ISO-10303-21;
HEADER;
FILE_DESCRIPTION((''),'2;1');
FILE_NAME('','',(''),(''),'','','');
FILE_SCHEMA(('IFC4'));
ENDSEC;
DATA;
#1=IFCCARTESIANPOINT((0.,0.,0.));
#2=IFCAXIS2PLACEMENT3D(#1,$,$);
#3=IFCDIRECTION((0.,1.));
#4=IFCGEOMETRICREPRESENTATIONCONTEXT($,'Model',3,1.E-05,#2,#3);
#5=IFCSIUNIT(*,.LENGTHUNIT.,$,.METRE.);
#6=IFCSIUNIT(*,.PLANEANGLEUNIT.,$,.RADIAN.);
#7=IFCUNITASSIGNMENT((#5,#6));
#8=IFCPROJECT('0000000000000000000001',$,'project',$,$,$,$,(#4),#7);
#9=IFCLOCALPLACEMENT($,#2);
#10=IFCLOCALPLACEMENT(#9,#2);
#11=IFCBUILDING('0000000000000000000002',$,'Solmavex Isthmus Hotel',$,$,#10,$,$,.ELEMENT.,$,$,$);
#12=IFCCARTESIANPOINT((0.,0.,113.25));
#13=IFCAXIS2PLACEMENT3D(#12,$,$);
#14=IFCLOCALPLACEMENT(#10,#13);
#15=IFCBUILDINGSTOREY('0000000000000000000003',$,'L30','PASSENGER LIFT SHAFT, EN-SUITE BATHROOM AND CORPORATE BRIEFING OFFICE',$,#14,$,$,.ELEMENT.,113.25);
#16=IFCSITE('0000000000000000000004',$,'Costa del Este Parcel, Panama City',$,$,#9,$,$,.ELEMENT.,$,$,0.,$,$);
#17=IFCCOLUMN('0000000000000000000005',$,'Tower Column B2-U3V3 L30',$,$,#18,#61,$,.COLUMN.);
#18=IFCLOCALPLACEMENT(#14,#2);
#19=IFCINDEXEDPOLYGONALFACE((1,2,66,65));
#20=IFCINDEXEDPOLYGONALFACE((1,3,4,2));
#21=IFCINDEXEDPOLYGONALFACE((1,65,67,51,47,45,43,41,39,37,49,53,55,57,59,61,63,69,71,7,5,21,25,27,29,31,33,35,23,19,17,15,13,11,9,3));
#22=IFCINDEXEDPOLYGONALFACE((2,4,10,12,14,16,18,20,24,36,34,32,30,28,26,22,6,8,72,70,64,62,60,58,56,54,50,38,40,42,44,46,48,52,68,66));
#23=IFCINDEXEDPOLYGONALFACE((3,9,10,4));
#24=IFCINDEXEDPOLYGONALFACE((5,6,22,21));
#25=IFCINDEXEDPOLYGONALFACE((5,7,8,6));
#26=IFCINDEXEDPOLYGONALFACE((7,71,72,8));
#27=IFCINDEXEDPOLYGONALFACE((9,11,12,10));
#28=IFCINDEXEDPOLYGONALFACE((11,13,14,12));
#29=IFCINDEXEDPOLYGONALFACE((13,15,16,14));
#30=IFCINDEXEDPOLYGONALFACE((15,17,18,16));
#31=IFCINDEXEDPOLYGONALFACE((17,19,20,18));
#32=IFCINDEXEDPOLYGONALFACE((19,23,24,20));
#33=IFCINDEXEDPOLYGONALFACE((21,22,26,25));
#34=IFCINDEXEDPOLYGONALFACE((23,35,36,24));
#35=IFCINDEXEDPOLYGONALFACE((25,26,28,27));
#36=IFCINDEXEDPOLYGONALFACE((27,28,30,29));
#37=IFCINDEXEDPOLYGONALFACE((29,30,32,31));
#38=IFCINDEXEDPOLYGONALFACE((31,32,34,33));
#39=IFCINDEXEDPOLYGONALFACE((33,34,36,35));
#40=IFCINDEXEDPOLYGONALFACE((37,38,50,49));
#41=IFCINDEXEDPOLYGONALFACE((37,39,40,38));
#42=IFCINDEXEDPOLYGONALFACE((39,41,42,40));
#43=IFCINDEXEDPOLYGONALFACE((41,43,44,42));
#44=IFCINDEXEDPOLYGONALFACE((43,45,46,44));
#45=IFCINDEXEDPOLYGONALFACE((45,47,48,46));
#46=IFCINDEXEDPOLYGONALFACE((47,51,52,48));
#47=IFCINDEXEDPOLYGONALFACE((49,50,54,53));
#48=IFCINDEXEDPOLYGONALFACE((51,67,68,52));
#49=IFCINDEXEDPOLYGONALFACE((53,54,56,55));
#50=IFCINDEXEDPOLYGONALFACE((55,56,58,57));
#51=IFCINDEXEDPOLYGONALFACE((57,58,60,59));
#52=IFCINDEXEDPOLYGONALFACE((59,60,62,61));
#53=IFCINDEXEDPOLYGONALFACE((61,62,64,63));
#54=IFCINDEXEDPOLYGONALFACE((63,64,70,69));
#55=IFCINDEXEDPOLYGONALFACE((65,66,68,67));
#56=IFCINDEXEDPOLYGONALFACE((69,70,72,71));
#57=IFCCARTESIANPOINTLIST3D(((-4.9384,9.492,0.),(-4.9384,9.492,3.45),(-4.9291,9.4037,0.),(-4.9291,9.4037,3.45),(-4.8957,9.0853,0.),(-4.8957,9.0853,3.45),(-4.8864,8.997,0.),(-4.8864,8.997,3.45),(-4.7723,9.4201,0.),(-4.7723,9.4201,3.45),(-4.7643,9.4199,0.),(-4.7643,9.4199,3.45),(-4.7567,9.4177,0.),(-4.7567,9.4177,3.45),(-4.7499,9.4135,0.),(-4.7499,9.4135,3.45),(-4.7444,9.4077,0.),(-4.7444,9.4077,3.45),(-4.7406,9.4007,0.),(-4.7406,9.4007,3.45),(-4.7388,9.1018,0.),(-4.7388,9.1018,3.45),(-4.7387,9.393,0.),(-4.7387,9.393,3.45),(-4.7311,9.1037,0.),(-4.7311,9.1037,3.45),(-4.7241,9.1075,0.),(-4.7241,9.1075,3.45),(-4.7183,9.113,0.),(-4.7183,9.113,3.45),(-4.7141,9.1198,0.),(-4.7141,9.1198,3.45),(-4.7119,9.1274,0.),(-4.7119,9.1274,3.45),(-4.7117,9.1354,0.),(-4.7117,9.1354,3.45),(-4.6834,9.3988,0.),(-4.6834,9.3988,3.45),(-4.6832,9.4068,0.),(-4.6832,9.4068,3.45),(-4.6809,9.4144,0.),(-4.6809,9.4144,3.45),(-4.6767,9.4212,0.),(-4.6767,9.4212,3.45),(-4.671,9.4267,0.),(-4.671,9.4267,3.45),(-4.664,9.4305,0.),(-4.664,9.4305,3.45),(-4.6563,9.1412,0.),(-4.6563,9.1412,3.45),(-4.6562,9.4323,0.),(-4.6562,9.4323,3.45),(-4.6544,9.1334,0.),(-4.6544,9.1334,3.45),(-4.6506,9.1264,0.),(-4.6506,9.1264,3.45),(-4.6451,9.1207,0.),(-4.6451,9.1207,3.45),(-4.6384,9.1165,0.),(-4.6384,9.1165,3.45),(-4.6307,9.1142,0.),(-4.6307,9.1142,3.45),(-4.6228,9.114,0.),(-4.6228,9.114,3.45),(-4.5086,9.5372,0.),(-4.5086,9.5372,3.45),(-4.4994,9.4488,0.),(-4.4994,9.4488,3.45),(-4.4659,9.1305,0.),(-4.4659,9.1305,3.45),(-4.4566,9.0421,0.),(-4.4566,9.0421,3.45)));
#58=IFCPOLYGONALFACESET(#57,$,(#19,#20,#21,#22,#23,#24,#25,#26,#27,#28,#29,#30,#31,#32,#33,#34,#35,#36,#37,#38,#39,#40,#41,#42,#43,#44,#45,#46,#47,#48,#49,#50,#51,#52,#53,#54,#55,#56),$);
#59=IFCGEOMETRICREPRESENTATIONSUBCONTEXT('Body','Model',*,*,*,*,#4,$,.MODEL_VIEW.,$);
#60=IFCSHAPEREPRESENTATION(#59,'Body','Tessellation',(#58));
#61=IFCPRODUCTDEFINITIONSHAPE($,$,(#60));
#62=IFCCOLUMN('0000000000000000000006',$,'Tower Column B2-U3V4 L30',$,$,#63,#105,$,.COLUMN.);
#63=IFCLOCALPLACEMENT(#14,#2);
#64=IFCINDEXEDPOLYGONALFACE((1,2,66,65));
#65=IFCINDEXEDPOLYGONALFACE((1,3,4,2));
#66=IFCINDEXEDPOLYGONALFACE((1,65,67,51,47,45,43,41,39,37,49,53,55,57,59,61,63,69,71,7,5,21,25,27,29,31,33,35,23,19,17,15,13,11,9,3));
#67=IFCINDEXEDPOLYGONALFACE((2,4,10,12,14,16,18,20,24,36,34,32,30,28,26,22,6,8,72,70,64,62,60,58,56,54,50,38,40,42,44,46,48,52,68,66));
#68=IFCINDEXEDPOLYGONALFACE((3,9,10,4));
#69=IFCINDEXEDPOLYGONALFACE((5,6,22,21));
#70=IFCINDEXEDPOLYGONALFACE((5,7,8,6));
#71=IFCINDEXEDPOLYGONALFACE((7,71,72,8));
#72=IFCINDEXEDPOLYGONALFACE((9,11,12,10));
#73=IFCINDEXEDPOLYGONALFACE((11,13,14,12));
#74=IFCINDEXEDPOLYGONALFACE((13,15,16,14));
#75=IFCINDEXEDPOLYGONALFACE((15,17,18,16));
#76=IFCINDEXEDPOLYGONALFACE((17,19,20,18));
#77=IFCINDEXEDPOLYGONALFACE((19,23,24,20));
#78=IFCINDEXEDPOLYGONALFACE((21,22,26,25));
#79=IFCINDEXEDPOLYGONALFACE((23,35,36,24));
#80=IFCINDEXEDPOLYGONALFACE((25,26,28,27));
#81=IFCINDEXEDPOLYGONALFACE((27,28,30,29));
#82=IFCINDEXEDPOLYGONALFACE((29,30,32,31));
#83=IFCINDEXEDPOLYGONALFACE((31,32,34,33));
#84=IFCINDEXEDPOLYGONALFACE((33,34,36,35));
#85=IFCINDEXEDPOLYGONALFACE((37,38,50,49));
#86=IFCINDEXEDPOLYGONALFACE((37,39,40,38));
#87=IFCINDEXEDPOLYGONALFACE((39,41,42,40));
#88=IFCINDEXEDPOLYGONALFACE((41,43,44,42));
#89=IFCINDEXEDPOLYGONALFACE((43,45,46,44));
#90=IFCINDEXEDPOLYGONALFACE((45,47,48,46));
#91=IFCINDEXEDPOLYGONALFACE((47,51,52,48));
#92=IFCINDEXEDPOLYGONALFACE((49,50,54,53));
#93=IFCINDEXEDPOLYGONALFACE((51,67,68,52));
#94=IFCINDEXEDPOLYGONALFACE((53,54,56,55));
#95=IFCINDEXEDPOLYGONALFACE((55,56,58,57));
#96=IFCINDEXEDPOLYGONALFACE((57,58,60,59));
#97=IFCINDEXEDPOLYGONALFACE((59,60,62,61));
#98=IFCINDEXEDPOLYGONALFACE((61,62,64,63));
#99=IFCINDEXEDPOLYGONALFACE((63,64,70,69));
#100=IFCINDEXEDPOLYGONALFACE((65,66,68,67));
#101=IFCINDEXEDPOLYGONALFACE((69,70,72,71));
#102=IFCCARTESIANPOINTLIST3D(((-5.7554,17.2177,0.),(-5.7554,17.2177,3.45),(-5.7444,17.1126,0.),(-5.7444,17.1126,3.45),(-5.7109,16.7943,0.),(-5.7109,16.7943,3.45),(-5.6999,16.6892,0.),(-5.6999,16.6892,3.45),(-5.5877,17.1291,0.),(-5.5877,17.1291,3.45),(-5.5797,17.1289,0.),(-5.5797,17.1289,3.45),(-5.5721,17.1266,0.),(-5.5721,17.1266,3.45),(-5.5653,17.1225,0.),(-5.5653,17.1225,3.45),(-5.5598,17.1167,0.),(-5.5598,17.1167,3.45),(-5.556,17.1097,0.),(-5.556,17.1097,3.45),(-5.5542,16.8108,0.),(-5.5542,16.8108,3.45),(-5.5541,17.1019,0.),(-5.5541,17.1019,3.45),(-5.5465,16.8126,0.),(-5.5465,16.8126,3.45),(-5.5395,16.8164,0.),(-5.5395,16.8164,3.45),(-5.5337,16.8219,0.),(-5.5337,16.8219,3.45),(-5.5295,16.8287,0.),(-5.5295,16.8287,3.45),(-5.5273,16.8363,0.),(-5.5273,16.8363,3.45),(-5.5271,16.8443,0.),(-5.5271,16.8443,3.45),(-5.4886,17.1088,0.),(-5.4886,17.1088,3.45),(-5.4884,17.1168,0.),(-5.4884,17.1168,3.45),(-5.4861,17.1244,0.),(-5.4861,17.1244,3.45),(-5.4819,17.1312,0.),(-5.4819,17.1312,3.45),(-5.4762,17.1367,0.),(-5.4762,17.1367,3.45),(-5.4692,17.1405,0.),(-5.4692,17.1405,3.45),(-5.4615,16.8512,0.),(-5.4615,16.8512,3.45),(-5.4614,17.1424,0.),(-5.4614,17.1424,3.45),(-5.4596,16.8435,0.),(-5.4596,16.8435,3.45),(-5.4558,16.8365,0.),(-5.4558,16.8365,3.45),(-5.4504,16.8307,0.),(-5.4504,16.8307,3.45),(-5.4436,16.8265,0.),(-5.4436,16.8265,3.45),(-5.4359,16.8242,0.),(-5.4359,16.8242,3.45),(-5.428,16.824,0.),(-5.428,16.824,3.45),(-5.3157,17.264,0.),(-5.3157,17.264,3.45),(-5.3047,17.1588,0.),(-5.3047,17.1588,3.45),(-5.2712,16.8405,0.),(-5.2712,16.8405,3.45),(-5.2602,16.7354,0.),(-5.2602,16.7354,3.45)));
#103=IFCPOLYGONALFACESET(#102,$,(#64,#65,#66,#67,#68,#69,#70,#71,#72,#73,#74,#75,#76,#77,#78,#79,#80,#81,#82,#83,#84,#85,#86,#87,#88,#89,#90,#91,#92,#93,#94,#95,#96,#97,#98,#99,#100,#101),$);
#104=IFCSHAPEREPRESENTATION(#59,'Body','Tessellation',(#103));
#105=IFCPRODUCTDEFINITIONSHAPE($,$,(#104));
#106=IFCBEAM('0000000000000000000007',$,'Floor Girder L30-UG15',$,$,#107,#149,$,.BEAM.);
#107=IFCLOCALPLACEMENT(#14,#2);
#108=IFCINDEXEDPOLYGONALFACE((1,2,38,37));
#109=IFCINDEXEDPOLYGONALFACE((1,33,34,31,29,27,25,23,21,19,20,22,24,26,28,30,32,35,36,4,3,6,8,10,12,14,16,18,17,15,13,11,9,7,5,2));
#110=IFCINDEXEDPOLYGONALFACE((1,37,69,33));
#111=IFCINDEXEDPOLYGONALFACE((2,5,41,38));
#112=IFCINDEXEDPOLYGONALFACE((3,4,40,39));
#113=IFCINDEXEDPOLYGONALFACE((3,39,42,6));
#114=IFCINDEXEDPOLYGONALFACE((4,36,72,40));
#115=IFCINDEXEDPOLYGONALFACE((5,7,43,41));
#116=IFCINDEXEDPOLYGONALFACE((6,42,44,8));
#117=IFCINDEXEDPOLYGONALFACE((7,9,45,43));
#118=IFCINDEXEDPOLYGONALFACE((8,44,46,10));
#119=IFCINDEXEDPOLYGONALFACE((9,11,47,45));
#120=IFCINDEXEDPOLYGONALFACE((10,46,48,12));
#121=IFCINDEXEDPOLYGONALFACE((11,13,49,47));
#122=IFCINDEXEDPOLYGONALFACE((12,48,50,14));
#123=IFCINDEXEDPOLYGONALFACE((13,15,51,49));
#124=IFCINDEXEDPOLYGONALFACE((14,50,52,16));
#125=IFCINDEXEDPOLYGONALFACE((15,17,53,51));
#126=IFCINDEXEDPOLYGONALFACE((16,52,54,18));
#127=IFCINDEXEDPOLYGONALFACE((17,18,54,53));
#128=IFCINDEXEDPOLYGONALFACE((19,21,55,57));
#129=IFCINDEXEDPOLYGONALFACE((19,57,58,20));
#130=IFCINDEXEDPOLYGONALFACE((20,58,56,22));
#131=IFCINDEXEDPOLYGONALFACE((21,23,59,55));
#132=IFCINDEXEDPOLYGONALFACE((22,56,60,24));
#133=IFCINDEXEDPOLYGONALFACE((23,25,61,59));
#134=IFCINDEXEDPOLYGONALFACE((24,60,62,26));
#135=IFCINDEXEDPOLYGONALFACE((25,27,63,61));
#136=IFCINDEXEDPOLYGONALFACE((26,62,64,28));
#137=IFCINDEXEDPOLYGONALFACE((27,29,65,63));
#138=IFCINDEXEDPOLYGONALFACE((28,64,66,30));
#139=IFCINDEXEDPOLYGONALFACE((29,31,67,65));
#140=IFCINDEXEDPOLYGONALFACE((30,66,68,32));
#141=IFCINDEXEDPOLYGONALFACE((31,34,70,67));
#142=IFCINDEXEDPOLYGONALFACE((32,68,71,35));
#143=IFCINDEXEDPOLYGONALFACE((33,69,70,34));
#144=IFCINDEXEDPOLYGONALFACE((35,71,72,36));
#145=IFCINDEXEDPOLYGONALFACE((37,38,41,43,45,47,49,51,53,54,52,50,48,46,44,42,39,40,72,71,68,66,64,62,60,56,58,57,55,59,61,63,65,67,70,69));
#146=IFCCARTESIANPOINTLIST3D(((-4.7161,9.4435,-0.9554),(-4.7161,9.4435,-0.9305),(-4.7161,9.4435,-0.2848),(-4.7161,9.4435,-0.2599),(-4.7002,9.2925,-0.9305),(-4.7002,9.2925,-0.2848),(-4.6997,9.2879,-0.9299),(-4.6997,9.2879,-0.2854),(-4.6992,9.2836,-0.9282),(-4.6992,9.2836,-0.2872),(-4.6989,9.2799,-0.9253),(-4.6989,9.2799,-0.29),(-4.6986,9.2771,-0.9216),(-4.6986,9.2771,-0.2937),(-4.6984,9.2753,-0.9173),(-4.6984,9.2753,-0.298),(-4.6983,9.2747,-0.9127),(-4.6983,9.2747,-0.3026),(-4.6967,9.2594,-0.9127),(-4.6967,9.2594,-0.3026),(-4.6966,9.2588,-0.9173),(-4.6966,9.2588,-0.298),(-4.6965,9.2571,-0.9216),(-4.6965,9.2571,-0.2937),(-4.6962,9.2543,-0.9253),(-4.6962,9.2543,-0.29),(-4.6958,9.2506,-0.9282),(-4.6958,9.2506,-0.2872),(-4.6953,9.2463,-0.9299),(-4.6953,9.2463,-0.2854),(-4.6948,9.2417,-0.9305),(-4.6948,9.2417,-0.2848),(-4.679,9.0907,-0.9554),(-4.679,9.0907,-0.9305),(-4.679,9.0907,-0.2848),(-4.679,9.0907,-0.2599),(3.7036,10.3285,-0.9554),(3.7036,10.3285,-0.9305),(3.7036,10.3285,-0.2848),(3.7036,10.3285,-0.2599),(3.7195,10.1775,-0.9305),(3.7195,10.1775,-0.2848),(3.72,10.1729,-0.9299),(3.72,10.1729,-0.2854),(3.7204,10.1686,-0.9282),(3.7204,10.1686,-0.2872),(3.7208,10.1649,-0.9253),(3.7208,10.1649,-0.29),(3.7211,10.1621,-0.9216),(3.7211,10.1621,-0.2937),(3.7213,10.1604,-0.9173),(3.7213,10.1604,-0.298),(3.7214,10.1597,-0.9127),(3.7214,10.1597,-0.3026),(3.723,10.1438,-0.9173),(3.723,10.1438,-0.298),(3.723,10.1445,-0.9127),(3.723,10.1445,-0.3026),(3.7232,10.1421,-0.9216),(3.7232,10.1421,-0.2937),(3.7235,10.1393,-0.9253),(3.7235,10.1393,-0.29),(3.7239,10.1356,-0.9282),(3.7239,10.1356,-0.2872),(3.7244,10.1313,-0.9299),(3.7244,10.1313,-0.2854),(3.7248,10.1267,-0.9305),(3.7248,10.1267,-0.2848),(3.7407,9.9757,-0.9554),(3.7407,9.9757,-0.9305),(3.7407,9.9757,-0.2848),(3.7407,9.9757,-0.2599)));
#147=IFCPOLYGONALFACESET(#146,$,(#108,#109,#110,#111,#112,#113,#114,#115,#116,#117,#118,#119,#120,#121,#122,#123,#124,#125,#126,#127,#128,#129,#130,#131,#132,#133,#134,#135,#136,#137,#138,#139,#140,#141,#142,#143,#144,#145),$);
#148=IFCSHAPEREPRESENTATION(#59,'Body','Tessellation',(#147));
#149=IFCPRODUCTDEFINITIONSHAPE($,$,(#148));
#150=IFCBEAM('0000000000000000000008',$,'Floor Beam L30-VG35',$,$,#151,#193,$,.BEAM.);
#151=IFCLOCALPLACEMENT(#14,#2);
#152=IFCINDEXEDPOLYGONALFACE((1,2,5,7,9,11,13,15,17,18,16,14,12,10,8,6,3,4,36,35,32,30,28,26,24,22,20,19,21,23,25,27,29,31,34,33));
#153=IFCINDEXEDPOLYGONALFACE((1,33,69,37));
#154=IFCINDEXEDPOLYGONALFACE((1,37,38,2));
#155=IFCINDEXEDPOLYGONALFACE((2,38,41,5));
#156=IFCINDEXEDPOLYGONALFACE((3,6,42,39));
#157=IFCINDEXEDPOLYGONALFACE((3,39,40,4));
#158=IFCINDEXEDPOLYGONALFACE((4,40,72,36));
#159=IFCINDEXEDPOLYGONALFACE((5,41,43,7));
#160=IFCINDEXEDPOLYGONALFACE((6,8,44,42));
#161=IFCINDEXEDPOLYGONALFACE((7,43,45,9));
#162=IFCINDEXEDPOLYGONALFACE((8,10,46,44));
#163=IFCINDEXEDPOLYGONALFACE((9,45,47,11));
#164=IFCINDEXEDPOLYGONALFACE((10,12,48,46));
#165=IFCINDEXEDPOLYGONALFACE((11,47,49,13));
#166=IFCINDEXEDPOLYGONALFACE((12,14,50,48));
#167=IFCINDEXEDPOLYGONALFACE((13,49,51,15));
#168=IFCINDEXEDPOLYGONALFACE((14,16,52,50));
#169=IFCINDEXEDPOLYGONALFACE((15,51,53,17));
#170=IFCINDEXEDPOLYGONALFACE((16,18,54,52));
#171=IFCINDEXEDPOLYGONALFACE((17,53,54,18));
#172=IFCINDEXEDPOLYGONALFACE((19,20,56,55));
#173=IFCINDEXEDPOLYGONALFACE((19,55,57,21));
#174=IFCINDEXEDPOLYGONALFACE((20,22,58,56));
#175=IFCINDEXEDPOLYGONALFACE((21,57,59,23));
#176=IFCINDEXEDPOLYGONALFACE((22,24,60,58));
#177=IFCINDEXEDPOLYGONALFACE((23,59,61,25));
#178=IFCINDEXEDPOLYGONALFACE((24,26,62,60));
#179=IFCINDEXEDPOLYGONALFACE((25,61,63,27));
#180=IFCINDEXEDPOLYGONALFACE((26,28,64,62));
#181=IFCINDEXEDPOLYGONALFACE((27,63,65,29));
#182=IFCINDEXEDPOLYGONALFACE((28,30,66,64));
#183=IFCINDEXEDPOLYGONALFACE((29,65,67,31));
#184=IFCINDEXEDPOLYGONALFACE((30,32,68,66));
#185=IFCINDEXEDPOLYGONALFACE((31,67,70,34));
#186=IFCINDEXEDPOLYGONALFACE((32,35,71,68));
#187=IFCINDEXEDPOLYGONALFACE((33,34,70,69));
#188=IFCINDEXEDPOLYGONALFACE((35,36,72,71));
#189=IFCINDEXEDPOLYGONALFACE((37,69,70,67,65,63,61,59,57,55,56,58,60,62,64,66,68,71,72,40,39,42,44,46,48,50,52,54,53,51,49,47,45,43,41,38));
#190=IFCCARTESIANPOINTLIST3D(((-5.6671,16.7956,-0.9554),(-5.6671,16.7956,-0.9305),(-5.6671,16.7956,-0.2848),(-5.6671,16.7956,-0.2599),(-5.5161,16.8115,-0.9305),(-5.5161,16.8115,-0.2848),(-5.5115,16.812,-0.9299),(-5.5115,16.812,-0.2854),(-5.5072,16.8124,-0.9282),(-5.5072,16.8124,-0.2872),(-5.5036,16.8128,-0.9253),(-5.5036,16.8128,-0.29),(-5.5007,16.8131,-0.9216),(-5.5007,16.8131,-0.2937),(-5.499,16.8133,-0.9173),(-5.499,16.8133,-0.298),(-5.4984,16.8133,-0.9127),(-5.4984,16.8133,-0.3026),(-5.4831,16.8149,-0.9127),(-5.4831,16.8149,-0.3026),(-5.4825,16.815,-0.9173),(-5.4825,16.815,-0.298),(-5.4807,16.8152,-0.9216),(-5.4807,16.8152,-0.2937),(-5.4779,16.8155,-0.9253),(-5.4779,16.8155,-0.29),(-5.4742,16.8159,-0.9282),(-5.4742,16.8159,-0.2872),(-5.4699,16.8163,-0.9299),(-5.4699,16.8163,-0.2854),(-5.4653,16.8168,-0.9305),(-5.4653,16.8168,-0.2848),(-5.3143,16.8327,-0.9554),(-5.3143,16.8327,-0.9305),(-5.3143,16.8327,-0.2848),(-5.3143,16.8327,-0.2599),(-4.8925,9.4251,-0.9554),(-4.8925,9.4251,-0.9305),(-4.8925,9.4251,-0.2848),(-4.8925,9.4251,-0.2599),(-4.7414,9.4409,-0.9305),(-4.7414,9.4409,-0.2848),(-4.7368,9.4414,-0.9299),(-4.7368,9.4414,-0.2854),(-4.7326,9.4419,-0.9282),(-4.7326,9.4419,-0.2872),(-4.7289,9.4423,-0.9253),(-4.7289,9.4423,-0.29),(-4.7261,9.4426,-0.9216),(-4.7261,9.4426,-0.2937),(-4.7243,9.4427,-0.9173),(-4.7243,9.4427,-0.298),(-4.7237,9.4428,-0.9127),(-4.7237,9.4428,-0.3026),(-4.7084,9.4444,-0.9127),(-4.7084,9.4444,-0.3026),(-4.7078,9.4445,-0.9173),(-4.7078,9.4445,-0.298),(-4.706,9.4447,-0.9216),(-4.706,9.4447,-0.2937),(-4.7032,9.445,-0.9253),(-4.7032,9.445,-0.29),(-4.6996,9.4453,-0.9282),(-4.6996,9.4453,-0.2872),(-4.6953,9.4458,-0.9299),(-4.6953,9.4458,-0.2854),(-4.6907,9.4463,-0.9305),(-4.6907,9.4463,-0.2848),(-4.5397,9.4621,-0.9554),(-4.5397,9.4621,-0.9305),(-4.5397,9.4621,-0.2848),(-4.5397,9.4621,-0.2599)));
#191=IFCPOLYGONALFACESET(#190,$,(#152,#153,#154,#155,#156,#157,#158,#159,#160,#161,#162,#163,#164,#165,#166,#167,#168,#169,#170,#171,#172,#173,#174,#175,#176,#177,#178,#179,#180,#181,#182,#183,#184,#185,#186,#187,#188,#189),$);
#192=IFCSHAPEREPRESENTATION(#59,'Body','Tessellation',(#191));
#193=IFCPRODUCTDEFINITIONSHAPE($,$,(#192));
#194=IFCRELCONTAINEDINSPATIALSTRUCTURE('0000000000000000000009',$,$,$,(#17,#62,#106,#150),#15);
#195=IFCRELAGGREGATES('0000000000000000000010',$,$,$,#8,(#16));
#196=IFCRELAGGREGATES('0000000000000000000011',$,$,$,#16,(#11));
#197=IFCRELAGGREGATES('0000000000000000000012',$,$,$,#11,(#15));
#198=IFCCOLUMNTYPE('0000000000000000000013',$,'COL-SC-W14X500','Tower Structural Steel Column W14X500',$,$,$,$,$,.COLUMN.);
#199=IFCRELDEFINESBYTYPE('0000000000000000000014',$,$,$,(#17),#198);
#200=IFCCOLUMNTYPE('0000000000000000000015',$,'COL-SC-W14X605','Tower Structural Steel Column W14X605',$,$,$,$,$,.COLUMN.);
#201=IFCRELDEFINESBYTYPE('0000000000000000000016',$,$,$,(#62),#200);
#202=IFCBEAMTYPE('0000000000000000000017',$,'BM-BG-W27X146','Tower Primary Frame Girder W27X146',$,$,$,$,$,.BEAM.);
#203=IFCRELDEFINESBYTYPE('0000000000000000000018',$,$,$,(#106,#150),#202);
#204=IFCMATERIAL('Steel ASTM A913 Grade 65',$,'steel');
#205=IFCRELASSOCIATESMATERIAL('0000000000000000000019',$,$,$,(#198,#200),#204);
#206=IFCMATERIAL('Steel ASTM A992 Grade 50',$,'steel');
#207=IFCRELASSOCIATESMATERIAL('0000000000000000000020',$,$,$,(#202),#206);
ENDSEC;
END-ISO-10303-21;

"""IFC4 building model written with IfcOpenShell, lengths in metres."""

from ifc_helpers import new_model, si_unit, direction, frame, origin, origin_2d, place, context, subcontext, project, spatial, i_section, extrude, material, material_profile, profile_set, type_object, element, save


model = new_model("IFC4")

# Units and contexts
model_context = context("Model", 3, precision=1e-05, world=origin(), true_north=direction((0.0, 1.0)))
body_context = subcontext(model_context, "Body", "Model", "MODEL_VIEW")
ifc_project = project(units=[si_unit("LENGTHUNIT", "METRE"), si_unit("PLANEANGLEUNIT", "RADIAN")], contexts=[model_context])

# Site, building, storey
site_placement = place(None, origin())
site = spatial("IfcSite", under=ifc_project, at=site_placement, Name="Costa del Este Parcel, Panama City", CompositionType="ELEMENT", RefElevation=0.0)
building_placement = place(site_placement, origin())
building = spatial("IfcBuilding", under=site, at=building_placement, Name="Solmavex Isthmus Hotel", CompositionType="ELEMENT")
storey_placement = place(building_placement, frame((0.0, 0.0, 113.25)))
storey = spatial("IfcBuildingStorey", under=building, at=storey_placement, Name="L30", Description="PASSENGER LIFT SHAFT, EN-SUITE BATHROOM AND CORPORATE BRIEFING OFFICE", CompositionType="ELEMENT", Elevation=113.25)

# Columns
ifc_material_1 = material(Name="Steel ASTM A913 Grade 65", Category="steel")
ifc_material_profile_1 = material_profile(ifc_material_1, i_section(OverallWidth=0.4321, OverallDepth=0.4978, WebThickness=0.0557, FlangeThickness=0.0889, FilletRadius=0.0305, at=origin_2d()), Name="W14X500")
ifc_profile_set_1 = profile_set([ifc_material_profile_1], Name="Steel ASTM A913 Grade 65")
column_type_1 = type_object("IfcColumnType", Name="COL-SC-W14X500", Description="Tower Structural Steel Column W14X500", PredefinedType="COLUMN", material=ifc_profile_set_1)
column_1_placement = place(storey_placement, frame((-4.6975, 9.2671, 0.0), z_axis=(0.0, 0.0, 1.0), x_axis=(0.994522, 0.104528, 0.0)))
element("IfcColumn", 1, at=column_1_placement, inside=storey, type_object=column_type_1, Name="Tower Column B2-U3V3 L30", PredefinedType="COLUMN", context=body_context, shape_type="SweptSolid", body=[
    extrude(i_section(OverallWidth=0.4321, OverallDepth=0.4978, WebThickness=0.0557, FlangeThickness=0.0889, FilletRadius=0.0305, at=origin_2d()), origin(), (0.0, 0.0, 1.0), 3.45),
])
ifc_material_profile_2 = material_profile(ifc_material_1, i_section(OverallWidth=0.4421, OverallDepth=0.5315, WebThickness=0.0659, FlangeThickness=0.1057, FilletRadius=0.0305, at=origin_2d()), Name="W14X605")
ifc_profile_set_2 = profile_set([ifc_material_profile_2], Name="Steel ASTM A913 Grade 65")
column_type_2 = type_object("IfcColumnType", Name="COL-SC-W14X605", Description="Tower Structural Steel Column W14X605", PredefinedType="COLUMN", material=ifc_profile_set_2)
column_2_placement = place(storey_placement, frame((-5.5078, 16.9766, 0.0), z_axis=(0.0, 0.0, 1.0), x_axis=(0.994522, 0.104528, 0.0)))
element("IfcColumn", 2, at=column_2_placement, inside=storey, type_object=column_type_2, Name="Tower Column B2-U3V4 L30", PredefinedType="COLUMN", context=body_context, shape_type="SweptSolid", body=[
    extrude(i_section(OverallWidth=0.4421, OverallDepth=0.5315, WebThickness=0.0659, FlangeThickness=0.1057, FilletRadius=0.0305, at=origin_2d()), origin(), (0.0, 0.0, 1.0), 3.45),
])

# Beams
ifc_material_2 = material(Name="Steel ASTM A992 Grade 50", Category="steel")
ifc_material_profile_3 = material_profile(ifc_material_2, i_section(OverallWidth=0.3547, OverallDepth=0.6956, WebThickness=0.0154, FlangeThickness=0.0249, FilletRadius=0.0178, at=origin_2d()), Name="W27X146")
ifc_profile_set_3 = profile_set([ifc_material_profile_3], Name="Steel ASTM A992 Grade 50")
beam_type_1 = type_object("IfcBeamType", Name="BM-BG-W27X146", Description="Tower Primary Frame Girder W27X146", PredefinedType="BEAM", material=ifc_profile_set_3)
beam_1_placement = place(storey_placement, frame((-4.6975, 9.2671, -0.6077), z_axis=(0.994521, 0.104536, 0.0), x_axis=(-0.104536, 0.994521, 0.0)))
element("IfcBeam", 3, at=beam_1_placement, inside=storey, type_object=beam_type_1, Name="Floor Girder L30-UG15", PredefinedType="BEAM", context=body_context, shape_type="SweptSolid", body=[
    extrude(i_section(OverallWidth=0.3547, OverallDepth=0.6956, WebThickness=0.0154, FlangeThickness=0.0249, FilletRadius=0.0178, at=origin_2d()), origin(), (0.0, 0.0, 1.0), 8.4661),
])
beam_2_placement = place(storey_placement, frame((-4.7161, 9.4436, -0.6077), z_axis=(-0.104525, 0.994522, 0.0), x_axis=(-0.994522, -0.104525, 0.0)))
element("IfcBeam", 4, at=beam_2_placement, inside=storey, type_object=beam_type_1, Name="Floor Beam L30-VG35", PredefinedType="BEAM", context=body_context, shape_type="SweptSolid", body=[
    extrude(i_section(OverallWidth=0.3547, OverallDepth=0.6956, WebThickness=0.0154, FlangeThickness=0.0249, FilletRadius=0.0178, at=origin_2d()), origin(), (0.0, 0.0, 1.0), 7.4111),
])

save(model, "model.ifc")
